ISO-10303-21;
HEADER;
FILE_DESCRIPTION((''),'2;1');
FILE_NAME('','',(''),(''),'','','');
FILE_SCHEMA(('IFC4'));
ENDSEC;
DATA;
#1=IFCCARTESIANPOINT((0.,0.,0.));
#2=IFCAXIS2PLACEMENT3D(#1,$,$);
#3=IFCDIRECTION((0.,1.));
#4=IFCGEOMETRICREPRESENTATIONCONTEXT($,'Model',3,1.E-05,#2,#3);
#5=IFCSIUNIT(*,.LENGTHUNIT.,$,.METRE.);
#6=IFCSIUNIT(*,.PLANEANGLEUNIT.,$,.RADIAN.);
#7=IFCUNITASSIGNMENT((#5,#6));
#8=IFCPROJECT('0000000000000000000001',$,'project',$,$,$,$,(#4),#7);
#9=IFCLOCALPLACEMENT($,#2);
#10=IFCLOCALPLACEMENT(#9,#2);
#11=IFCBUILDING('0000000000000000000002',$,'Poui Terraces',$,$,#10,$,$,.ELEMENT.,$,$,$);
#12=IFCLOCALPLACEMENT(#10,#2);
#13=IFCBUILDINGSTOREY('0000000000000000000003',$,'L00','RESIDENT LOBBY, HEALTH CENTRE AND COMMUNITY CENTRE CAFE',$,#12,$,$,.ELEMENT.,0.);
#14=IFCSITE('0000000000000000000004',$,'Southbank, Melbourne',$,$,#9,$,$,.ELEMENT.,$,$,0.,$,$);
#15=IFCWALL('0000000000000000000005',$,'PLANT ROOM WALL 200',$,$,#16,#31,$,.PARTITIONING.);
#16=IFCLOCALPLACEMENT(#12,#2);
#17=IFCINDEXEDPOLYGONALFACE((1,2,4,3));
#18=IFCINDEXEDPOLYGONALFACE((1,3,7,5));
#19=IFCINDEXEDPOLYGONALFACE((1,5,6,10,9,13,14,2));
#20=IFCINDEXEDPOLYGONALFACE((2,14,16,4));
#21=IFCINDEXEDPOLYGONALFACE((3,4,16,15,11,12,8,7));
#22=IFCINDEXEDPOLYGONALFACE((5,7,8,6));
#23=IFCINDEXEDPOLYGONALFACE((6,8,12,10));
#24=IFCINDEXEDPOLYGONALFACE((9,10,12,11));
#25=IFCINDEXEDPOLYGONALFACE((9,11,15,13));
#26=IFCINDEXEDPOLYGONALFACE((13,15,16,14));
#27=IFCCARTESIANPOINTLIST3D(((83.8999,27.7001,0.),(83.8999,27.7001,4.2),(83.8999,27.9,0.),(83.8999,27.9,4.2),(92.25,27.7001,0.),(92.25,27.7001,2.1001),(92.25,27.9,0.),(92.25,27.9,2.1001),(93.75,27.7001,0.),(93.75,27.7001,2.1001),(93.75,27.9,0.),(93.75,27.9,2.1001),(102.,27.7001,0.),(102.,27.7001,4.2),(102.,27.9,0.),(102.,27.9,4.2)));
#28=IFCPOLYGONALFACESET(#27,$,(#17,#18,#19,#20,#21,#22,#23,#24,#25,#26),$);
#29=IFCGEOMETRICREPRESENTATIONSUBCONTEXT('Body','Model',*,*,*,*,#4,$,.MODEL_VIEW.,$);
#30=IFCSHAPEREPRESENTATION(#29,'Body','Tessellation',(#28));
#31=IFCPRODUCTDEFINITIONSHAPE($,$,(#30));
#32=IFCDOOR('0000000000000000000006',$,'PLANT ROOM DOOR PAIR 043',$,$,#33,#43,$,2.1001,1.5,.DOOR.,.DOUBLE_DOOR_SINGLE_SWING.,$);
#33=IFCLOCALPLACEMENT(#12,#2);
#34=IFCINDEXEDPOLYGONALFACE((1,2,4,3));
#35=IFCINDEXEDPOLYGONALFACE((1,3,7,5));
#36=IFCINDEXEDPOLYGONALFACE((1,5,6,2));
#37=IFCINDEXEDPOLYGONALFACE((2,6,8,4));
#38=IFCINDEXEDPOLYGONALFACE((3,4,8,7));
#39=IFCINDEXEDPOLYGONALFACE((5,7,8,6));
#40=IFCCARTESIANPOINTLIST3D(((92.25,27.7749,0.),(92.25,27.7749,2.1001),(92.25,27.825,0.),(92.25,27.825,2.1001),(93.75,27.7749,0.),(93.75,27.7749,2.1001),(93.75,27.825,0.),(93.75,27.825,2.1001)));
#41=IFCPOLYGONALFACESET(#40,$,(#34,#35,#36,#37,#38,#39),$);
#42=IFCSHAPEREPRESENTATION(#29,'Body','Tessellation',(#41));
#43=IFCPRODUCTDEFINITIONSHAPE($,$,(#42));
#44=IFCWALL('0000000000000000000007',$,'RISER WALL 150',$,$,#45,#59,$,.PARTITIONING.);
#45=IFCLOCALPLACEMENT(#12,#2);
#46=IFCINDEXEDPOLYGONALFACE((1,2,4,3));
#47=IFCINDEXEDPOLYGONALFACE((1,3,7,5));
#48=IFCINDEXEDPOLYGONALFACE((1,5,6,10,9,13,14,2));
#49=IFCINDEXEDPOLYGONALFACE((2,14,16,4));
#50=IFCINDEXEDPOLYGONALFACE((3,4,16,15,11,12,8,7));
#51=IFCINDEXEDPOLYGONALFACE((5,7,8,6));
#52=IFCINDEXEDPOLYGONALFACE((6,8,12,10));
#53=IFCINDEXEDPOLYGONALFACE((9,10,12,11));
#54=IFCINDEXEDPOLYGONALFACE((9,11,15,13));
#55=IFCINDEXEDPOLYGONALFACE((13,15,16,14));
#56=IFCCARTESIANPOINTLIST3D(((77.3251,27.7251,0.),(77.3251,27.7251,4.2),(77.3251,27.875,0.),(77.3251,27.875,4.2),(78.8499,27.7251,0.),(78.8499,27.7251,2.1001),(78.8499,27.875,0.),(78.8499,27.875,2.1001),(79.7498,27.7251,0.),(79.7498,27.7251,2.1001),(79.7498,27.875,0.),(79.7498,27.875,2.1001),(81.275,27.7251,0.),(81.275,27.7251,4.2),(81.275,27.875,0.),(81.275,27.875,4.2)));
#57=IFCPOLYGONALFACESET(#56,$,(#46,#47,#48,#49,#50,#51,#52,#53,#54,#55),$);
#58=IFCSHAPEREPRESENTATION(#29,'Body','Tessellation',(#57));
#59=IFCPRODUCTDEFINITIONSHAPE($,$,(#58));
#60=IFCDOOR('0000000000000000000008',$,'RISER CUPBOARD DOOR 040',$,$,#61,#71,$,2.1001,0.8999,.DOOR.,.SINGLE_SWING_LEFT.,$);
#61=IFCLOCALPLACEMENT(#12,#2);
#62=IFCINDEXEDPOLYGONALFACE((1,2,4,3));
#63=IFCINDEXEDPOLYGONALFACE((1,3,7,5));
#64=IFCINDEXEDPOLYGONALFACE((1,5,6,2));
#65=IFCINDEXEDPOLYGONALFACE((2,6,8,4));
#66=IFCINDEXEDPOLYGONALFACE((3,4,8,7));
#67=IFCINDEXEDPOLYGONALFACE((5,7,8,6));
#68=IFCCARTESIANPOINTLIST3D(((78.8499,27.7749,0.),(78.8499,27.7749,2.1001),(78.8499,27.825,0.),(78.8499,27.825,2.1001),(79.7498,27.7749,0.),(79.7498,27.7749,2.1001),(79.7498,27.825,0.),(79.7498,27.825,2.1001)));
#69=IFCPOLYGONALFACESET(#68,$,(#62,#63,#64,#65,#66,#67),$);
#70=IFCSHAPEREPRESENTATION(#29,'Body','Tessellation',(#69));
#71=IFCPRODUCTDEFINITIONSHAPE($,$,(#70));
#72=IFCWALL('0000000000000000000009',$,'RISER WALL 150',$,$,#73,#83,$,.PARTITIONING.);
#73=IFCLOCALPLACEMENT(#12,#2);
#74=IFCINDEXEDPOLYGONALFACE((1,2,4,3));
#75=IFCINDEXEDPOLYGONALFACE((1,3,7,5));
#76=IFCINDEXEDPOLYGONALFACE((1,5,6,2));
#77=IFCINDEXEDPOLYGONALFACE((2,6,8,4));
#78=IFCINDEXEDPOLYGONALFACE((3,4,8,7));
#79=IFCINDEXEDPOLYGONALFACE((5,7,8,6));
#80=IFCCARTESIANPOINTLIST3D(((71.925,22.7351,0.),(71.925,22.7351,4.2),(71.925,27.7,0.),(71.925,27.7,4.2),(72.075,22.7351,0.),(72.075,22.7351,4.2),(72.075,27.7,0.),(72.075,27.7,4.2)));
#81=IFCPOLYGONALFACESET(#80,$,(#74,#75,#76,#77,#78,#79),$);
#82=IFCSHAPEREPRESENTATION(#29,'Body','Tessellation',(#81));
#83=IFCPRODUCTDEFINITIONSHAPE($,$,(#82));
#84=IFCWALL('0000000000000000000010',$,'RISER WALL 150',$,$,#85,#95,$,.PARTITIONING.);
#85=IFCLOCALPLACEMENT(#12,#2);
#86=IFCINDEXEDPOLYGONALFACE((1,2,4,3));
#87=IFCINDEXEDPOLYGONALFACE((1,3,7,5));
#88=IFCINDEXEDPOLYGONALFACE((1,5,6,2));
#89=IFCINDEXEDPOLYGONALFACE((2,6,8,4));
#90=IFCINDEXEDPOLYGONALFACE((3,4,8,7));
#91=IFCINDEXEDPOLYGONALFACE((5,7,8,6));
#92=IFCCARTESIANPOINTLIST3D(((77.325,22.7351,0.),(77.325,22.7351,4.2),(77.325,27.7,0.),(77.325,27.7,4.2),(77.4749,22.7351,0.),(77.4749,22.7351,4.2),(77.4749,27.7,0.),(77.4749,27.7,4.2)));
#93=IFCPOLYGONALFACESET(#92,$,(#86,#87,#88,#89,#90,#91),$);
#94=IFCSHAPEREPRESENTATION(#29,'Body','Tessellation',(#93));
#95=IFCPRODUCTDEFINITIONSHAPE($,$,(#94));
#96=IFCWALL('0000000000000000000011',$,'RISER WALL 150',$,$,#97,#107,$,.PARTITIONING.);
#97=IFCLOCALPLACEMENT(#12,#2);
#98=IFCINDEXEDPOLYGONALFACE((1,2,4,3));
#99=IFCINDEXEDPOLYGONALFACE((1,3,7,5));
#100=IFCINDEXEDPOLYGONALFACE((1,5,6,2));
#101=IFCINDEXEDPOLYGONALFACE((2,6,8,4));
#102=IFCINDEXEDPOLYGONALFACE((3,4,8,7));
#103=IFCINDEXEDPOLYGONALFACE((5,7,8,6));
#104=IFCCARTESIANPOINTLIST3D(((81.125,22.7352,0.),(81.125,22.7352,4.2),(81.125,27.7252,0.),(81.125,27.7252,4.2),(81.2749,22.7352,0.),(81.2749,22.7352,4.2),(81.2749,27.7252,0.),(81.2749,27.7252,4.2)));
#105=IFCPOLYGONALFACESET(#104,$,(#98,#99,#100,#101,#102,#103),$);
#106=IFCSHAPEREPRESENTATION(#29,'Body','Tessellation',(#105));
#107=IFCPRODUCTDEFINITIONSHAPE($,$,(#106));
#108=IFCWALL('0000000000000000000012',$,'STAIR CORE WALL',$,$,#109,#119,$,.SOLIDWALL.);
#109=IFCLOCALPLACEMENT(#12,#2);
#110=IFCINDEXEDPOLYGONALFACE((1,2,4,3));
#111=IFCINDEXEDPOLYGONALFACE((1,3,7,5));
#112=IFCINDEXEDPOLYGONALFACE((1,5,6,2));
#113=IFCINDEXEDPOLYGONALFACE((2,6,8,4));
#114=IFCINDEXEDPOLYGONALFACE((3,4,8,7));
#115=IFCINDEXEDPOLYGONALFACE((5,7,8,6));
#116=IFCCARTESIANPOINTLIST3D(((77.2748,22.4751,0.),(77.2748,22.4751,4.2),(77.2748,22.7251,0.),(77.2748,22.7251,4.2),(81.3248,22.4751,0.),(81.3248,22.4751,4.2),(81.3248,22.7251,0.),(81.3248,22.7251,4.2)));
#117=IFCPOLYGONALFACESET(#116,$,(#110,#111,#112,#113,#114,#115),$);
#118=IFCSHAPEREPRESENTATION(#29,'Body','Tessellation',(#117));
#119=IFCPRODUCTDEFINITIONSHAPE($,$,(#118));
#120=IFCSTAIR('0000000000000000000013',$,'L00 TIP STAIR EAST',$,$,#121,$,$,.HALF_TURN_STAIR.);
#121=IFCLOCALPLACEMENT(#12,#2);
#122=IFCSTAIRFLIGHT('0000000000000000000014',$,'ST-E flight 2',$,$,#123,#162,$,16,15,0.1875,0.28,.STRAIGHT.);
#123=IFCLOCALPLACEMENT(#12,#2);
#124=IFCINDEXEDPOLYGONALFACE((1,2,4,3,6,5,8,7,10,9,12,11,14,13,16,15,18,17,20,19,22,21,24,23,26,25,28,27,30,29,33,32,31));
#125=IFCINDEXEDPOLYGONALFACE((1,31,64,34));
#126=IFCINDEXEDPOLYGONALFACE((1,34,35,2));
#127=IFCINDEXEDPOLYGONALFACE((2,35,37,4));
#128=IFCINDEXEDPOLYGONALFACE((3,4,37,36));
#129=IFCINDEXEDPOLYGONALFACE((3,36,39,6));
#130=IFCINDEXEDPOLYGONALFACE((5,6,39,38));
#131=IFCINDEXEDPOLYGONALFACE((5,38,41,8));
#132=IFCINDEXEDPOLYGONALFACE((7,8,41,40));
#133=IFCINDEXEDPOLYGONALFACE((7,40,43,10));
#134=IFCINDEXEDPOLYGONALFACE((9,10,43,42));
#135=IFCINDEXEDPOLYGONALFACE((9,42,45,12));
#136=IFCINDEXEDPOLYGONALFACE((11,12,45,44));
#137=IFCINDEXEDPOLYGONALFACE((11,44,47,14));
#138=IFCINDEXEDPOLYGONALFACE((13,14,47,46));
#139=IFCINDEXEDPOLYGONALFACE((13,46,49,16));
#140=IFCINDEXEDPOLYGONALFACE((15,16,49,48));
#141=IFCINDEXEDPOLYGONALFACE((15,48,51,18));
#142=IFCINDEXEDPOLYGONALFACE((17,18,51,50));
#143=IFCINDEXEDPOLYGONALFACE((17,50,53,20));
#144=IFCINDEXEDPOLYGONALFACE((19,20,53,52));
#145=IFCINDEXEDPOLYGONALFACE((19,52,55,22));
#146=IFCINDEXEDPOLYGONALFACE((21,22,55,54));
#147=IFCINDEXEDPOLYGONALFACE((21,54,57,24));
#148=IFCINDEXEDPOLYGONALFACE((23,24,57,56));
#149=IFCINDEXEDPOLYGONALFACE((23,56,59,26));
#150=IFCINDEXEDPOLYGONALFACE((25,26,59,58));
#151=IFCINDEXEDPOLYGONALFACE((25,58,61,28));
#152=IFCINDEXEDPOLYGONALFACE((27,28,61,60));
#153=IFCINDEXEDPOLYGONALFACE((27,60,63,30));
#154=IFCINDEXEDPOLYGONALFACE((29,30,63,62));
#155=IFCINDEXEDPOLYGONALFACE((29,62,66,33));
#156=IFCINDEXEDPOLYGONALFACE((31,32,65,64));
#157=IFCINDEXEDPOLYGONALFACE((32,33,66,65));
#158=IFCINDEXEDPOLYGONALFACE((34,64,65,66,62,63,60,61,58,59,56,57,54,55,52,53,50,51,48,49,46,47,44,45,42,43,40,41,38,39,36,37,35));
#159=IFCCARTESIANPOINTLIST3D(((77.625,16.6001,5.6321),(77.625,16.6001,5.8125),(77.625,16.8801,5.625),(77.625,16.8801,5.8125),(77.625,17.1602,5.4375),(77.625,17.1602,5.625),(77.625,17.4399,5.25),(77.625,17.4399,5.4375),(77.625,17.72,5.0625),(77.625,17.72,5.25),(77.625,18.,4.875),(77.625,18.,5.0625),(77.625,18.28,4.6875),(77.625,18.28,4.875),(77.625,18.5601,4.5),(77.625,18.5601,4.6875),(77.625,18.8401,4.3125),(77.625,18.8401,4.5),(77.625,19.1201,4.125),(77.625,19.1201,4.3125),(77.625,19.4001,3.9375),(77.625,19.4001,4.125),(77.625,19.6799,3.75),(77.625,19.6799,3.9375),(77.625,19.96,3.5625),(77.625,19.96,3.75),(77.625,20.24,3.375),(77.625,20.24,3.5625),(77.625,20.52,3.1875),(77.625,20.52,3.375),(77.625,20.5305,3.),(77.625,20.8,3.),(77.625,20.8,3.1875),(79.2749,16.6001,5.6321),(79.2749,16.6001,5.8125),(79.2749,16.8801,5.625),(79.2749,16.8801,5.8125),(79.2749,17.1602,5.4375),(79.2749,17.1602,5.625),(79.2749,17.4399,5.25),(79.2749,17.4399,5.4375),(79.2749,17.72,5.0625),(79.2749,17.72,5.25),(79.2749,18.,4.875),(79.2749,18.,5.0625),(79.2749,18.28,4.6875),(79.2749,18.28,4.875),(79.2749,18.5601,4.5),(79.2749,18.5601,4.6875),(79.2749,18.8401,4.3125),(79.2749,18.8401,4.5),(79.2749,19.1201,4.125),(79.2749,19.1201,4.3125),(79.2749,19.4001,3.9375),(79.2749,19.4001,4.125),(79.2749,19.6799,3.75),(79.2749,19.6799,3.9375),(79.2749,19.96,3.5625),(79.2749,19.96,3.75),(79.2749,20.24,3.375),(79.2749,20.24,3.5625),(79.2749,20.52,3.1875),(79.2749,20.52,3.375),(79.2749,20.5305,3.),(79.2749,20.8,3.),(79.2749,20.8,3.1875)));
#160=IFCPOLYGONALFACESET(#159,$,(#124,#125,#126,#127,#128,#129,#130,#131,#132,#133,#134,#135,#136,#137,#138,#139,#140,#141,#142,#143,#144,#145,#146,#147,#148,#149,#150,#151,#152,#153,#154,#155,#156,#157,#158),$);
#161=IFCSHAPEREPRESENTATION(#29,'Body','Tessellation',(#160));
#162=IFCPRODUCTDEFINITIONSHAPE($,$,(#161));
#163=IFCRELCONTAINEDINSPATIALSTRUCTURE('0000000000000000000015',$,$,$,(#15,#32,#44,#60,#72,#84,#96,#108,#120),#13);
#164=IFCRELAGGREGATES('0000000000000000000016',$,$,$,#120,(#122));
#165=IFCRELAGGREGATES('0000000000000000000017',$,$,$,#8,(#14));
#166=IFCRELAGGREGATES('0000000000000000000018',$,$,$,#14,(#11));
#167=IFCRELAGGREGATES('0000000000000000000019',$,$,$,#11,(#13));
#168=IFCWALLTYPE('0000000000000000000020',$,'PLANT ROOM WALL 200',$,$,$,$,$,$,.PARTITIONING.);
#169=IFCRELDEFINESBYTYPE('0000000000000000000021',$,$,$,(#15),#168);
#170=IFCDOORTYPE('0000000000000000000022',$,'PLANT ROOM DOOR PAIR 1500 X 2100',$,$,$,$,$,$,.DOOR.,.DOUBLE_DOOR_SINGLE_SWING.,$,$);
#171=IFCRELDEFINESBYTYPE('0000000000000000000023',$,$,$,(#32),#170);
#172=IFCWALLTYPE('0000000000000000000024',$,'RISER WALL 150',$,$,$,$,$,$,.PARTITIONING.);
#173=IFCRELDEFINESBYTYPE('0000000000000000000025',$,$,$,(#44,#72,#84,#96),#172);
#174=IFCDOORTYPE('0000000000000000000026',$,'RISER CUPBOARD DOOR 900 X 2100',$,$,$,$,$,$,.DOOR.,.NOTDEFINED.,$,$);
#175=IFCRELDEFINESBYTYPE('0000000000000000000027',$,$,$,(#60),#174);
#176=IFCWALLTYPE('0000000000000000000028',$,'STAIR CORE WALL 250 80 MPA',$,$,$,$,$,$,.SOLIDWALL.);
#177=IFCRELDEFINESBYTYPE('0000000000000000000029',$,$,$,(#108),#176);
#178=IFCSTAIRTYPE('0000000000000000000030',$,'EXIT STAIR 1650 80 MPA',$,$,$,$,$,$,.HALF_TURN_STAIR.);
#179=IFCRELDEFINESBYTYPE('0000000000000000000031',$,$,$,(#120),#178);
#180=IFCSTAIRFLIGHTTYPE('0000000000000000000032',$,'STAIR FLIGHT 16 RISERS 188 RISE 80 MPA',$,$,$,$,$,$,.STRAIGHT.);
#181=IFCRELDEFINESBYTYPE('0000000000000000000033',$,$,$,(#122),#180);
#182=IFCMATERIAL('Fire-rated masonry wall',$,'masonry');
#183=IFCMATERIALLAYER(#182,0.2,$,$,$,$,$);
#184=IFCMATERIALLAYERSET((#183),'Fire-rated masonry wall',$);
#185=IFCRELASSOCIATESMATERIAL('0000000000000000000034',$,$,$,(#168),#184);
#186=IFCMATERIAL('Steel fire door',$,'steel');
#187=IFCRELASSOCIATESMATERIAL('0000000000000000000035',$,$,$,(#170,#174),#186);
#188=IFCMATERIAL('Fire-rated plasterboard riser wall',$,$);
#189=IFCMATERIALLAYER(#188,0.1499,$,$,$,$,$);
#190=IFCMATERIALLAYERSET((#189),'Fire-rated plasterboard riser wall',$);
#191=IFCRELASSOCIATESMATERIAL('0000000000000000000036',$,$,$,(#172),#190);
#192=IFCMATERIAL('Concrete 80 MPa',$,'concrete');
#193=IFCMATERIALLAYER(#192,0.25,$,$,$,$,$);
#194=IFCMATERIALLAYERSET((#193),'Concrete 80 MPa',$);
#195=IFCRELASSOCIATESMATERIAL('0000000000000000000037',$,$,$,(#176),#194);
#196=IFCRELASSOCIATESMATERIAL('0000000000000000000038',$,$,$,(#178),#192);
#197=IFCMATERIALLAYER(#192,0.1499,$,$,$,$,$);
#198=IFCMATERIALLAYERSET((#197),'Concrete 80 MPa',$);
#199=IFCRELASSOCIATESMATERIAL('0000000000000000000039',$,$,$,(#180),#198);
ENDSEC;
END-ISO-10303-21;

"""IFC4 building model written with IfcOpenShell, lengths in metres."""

from ifc_helpers import new_model, si_unit, direction, frame, frame_2d, origin, place, context, subcontext, project, spatial, polyline, rectangle, outline, extrude, material, layer, layer_set, type_object, element, fill, aggregate, save


model = new_model("IFC4")

# Units and contexts
model_context = context("Model", 3, precision=1e-05, world=origin(), true_north=direction((0.0, 1.0)))
body_context = subcontext(model_context, "Body", "Model", "MODEL_VIEW")
ifc_project = project(units=[si_unit("LENGTHUNIT", "METRE"), si_unit("PLANEANGLEUNIT", "RADIAN")], contexts=[model_context])

# Site, building, storey
site_placement = place(None, origin())
site = spatial("IfcSite", under=ifc_project, at=site_placement, Name="Southbank, Melbourne", CompositionType="ELEMENT", RefElevation=0.0)
building_placement = place(site_placement, origin())
building = spatial("IfcBuilding", under=site, at=building_placement, Name="Poui Terraces", CompositionType="ELEMENT")
storey_placement = place(building_placement, origin())
storey = spatial("IfcBuildingStorey", under=building, at=storey_placement, Name="L00", Description="RESIDENT LOBBY, HEALTH CENTRE AND COMMUNITY CENTRE CAFE", CompositionType="ELEMENT", Elevation=0.0)

# Shared definitions
ifc_material_1 = material(Name="Steel fire door", Category="steel")

# Shared definitions
ifc_material_2 = material(Name="Fire-rated masonry wall", Category="masonry")
ifc_layer_1 = layer(ifc_material_2, 0.2)
ifc_layer_set_1 = layer_set([ifc_layer_1], Name="Fire-rated masonry wall")
wall_type_1 = type_object("IfcWallType", Name="PLANT ROOM WALL 200", PredefinedType="PARTITIONING", material=ifc_layer_set_1)

# Walls, openings, doors
wall_1_placement = place(storey_placement, frame((83.8999, 27.8, 0.0), z_axis=(0.0, 0.0, 1.0), x_axis=(1.0, 0.0, 0.0)))
wall_1 = element("IfcWall", 1, at=wall_1_placement, inside=storey, type_object=wall_type_1, Name="PLANT ROOM WALL 200", PredefinedType="PARTITIONING", context=body_context, shape_type="SweptSolid", body=[
    extrude(rectangle(XDim=18.1001, YDim=0.2, at=frame_2d((9.05, 0.0))), origin(), (0.0, 0.0, 1.0), 4.2),
])
opening_1_placement = place(wall_1_placement, frame((8.3501, 0.0, 0.0)))
opening_1 = element("IfcOpeningElement", 2, at=opening_1_placement, cuts=wall_1, PredefinedType="OPENING", context=body_context, shape_type="SweptSolid", body=[
    extrude(rectangle(XDim=1.5, YDim=2.1001, at=frame_2d((0.75, 1.05))), frame((0.0, 0.1099, 0.0), z_axis=(0.0, -1.0, 0.0), x_axis=(1.0, 0.0, 0.0)), (0.0, 0.0, 1.0), 0.22),
])
door_type_1 = type_object("IfcDoorType", Name="PLANT ROOM DOOR PAIR 1500 X 2100", OperationType="DOUBLE_DOOR_SINGLE_SWING", PredefinedType="DOOR", material=ifc_material_1)
door_1_placement = place(opening_1_placement, origin())
door_1 = element("IfcDoor", 3, at=door_1_placement, inside=storey, type_object=door_type_1, Name="PLANT ROOM DOOR PAIR 043", OperationType="DOUBLE_DOOR_SINGLE_SWING", OverallHeight=2.1001, OverallWidth=1.5, PredefinedType="DOOR", context=body_context, shape_type="SweptSolid", body=[
    extrude(rectangle(XDim=1.5, YDim=2.1001, at=frame_2d((0.75, 1.05))), frame((0.0, 0.0249, 0.0), z_axis=(0.0, -1.0, 0.0), x_axis=(1.0, 0.0, 0.0)), (0.0, 0.0, 1.0), 0.05),
])
fill(opening_1, door_1)
ifc_material_3 = material(Name="Fire-rated plasterboard riser wall")
ifc_layer_2 = layer(ifc_material_3, 0.1499)
ifc_layer_set_2 = layer_set([ifc_layer_2], Name="Fire-rated plasterboard riser wall")
wall_type_2 = type_object("IfcWallType", Name="RISER WALL 150", PredefinedType="PARTITIONING", material=ifc_layer_set_2)
wall_2_placement = place(storey_placement, frame((77.325, 27.8, 0.0), z_axis=(0.0, 0.0, 1.0), x_axis=(1.0, 0.0, 0.0)))
wall_2 = element("IfcWall", 4, at=wall_2_placement, inside=storey, type_object=wall_type_2, Name="RISER WALL 150", PredefinedType="PARTITIONING", context=body_context, shape_type="SweptSolid", body=[
    extrude(rectangle(XDim=3.95, YDim=0.1499, at=frame_2d((1.9751, 0.0))), origin(), (0.0, 0.0, 1.0), 4.2),
])
opening_2_placement = place(wall_2_placement, frame((1.5249, 0.0, 0.0)))
opening_2 = element("IfcOpeningElement", 5, at=opening_2_placement, cuts=wall_2, PredefinedType="OPENING", context=body_context, shape_type="SweptSolid", body=[
    extrude(rectangle(XDim=0.8999, YDim=2.1001, at=frame_2d((0.45, 1.05))), frame((0.0, 0.085, 0.0), z_axis=(0.0, -1.0, 0.0), x_axis=(1.0, 0.0, 0.0)), (0.0, 0.0, 1.0), 0.1699),
])
door_type_2 = type_object("IfcDoorType", Name="RISER CUPBOARD DOOR 900 X 2100", OperationType="NOTDEFINED", PredefinedType="DOOR", material=ifc_material_1)
door_2_placement = place(opening_2_placement, origin())
door_2 = element("IfcDoor", 6, at=door_2_placement, inside=storey, type_object=door_type_2, Name="RISER CUPBOARD DOOR 040", OperationType="SINGLE_SWING_LEFT", OverallHeight=2.1001, OverallWidth=0.8999, PredefinedType="DOOR", context=body_context, shape_type="SweptSolid", body=[
    extrude(rectangle(XDim=0.8999, YDim=2.1001, at=frame_2d((0.45, 1.05))), frame((0.0, 0.0249, 0.0), z_axis=(0.0, -1.0, 0.0), x_axis=(1.0, 0.0, 0.0)), (0.0, 0.0, 1.0), 0.05),
])
fill(opening_2, door_2)

# Walls
for number, where, z_axis, x_axis, name in (
    (7, (72.0, 22.7351, 0.0), (0.0, 0.0, 1.0), (0.0, 1.0, 0.0), "RISER WALL 150"),
    (8, (77.3999, 22.7351, 0.0), (0.0, 0.0, 1.0), (0.0, 1.0, 0.0), "RISER WALL 150"),
):
    element("IfcWall", number, at=place(storey_placement, frame(where, z_axis=z_axis, x_axis=x_axis)), inside=storey, type_object=wall_type_2, Name=name, PredefinedType="PARTITIONING", context=body_context, shape_type="SweptSolid", body=[
        extrude(rectangle(XDim=4.9648, YDim=0.1499, at=frame_2d((2.4824, 0.0))), origin(), (0.0, 0.0, 1.0), 4.2),
    ])
wall_3_placement = place(storey_placement, frame((81.2, 22.7351, 0.0), z_axis=(0.0, 0.0, 1.0), x_axis=(0.0, 1.0, 0.0)))
element("IfcWall", 9, at=wall_3_placement, inside=storey, type_object=wall_type_2, Name="RISER WALL 150", PredefinedType="PARTITIONING", context=body_context, shape_type="SweptSolid", body=[
    extrude(rectangle(XDim=4.99, YDim=0.1499, at=frame_2d((2.4951, 0.0))), origin(), (0.0, 0.0, 1.0), 4.2),
])
ifc_material_4 = material(Name="Concrete 80 MPa", Category="concrete")
ifc_layer_3 = layer(ifc_material_4, 0.25)
ifc_layer_set_3 = layer_set([ifc_layer_3], Name="Concrete 80 MPa")
wall_type_3 = type_object("IfcWallType", Name="STAIR CORE WALL 250 80 MPA", PredefinedType="SOLIDWALL", material=ifc_layer_set_3)
wall_4_placement = place(storey_placement, frame((77.2749, 22.6001, 0.0), z_axis=(0.0, 0.0, 1.0), x_axis=(1.0, 0.0, 0.0)))
element("IfcWall", 10, at=wall_4_placement, inside=storey, type_object=wall_type_3, Name="STAIR CORE WALL", PredefinedType="SOLIDWALL", context=body_context, shape_type="SweptSolid", body=[
    extrude(rectangle(XDim=4.05, YDim=0.25, at=frame_2d((2.0249, 0.0))), origin(), (0.0, 0.0, 1.0), 4.2),
])

# Stair, stair flight
stair_type = type_object("IfcStairType", Name="EXIT STAIR 1650 80 MPA", PredefinedType="HALF_TURN_STAIR", material=ifc_material_4)
stair_placement = place(storey_placement, origin())
stair = element("IfcStair", 11, at=stair_placement, inside=storey, type_object=stair_type, Name="L00 TIP STAIR EAST", PredefinedType="HALF_TURN_STAIR")
ifc_layer_4 = layer(ifc_material_4, 0.1499)
ifc_layer_set_4 = layer_set([ifc_layer_4], Name="Concrete 80 MPa")
stair_flight_type = type_object("IfcStairFlightType", Name="STAIR FLIGHT 16 RISERS 188 RISE 80 MPA", PredefinedType="STRAIGHT", material=ifc_layer_set_4)
stair_flight_placement = place(storey_placement, frame((78.45, 20.8, 3.0), z_axis=(0.0, 0.0, 1.0), x_axis=(0.0, -1.0, 0.0)))
stair_flight = element("IfcStairFlight", 12, at=stair_flight_placement, type_object=stair_flight_type, Name="ST-E flight 2", NumberOfRisers=16, NumberOfTreads=15, PredefinedType="STRAIGHT", RiserHeight=0.1875, TreadLength=0.28, context=body_context, shape_type="SweptSolid", body=[
    extrude(outline(polyline([(0.0, 0.0), (0.0, 0.1875), (0.28, 0.1875), (0.28, 0.375), (0.5601, 0.375), (0.5601, 0.5625), (0.8401, 0.5625), (0.8401, 0.75), (1.1201, 0.75), (1.1201, 0.9375), (1.3999, 0.9375), (1.3999, 1.125), (1.6799, 1.125), (1.6799, 1.3125), (1.96, 1.3125), (1.96, 1.5), (2.24, 1.5), (2.24, 1.6875), (2.52, 1.6875), (2.52, 1.875), (2.8, 1.875), (2.8, 2.0625), (3.0801, 2.0625), (3.0801, 2.25), (3.3601, 2.25), (3.3601, 2.4375), (3.6399, 2.4375), (3.6399, 2.625), (3.9199, 2.625), (3.9199, 2.8125), (4.2, 2.8125), (4.2, 3.0), (4.2, 2.6321), (0.2695, 0.0), (0.0, 0.0)])), frame((0.0, 0.825, 0.0), z_axis=(0.0, -1.0, 0.0), x_axis=(1.0, 0.0, 0.0)), (0.0, 0.0, 1.0), 1.6499),
])
aggregate(stair, [stair_flight])

save(model, "model.ifc")
